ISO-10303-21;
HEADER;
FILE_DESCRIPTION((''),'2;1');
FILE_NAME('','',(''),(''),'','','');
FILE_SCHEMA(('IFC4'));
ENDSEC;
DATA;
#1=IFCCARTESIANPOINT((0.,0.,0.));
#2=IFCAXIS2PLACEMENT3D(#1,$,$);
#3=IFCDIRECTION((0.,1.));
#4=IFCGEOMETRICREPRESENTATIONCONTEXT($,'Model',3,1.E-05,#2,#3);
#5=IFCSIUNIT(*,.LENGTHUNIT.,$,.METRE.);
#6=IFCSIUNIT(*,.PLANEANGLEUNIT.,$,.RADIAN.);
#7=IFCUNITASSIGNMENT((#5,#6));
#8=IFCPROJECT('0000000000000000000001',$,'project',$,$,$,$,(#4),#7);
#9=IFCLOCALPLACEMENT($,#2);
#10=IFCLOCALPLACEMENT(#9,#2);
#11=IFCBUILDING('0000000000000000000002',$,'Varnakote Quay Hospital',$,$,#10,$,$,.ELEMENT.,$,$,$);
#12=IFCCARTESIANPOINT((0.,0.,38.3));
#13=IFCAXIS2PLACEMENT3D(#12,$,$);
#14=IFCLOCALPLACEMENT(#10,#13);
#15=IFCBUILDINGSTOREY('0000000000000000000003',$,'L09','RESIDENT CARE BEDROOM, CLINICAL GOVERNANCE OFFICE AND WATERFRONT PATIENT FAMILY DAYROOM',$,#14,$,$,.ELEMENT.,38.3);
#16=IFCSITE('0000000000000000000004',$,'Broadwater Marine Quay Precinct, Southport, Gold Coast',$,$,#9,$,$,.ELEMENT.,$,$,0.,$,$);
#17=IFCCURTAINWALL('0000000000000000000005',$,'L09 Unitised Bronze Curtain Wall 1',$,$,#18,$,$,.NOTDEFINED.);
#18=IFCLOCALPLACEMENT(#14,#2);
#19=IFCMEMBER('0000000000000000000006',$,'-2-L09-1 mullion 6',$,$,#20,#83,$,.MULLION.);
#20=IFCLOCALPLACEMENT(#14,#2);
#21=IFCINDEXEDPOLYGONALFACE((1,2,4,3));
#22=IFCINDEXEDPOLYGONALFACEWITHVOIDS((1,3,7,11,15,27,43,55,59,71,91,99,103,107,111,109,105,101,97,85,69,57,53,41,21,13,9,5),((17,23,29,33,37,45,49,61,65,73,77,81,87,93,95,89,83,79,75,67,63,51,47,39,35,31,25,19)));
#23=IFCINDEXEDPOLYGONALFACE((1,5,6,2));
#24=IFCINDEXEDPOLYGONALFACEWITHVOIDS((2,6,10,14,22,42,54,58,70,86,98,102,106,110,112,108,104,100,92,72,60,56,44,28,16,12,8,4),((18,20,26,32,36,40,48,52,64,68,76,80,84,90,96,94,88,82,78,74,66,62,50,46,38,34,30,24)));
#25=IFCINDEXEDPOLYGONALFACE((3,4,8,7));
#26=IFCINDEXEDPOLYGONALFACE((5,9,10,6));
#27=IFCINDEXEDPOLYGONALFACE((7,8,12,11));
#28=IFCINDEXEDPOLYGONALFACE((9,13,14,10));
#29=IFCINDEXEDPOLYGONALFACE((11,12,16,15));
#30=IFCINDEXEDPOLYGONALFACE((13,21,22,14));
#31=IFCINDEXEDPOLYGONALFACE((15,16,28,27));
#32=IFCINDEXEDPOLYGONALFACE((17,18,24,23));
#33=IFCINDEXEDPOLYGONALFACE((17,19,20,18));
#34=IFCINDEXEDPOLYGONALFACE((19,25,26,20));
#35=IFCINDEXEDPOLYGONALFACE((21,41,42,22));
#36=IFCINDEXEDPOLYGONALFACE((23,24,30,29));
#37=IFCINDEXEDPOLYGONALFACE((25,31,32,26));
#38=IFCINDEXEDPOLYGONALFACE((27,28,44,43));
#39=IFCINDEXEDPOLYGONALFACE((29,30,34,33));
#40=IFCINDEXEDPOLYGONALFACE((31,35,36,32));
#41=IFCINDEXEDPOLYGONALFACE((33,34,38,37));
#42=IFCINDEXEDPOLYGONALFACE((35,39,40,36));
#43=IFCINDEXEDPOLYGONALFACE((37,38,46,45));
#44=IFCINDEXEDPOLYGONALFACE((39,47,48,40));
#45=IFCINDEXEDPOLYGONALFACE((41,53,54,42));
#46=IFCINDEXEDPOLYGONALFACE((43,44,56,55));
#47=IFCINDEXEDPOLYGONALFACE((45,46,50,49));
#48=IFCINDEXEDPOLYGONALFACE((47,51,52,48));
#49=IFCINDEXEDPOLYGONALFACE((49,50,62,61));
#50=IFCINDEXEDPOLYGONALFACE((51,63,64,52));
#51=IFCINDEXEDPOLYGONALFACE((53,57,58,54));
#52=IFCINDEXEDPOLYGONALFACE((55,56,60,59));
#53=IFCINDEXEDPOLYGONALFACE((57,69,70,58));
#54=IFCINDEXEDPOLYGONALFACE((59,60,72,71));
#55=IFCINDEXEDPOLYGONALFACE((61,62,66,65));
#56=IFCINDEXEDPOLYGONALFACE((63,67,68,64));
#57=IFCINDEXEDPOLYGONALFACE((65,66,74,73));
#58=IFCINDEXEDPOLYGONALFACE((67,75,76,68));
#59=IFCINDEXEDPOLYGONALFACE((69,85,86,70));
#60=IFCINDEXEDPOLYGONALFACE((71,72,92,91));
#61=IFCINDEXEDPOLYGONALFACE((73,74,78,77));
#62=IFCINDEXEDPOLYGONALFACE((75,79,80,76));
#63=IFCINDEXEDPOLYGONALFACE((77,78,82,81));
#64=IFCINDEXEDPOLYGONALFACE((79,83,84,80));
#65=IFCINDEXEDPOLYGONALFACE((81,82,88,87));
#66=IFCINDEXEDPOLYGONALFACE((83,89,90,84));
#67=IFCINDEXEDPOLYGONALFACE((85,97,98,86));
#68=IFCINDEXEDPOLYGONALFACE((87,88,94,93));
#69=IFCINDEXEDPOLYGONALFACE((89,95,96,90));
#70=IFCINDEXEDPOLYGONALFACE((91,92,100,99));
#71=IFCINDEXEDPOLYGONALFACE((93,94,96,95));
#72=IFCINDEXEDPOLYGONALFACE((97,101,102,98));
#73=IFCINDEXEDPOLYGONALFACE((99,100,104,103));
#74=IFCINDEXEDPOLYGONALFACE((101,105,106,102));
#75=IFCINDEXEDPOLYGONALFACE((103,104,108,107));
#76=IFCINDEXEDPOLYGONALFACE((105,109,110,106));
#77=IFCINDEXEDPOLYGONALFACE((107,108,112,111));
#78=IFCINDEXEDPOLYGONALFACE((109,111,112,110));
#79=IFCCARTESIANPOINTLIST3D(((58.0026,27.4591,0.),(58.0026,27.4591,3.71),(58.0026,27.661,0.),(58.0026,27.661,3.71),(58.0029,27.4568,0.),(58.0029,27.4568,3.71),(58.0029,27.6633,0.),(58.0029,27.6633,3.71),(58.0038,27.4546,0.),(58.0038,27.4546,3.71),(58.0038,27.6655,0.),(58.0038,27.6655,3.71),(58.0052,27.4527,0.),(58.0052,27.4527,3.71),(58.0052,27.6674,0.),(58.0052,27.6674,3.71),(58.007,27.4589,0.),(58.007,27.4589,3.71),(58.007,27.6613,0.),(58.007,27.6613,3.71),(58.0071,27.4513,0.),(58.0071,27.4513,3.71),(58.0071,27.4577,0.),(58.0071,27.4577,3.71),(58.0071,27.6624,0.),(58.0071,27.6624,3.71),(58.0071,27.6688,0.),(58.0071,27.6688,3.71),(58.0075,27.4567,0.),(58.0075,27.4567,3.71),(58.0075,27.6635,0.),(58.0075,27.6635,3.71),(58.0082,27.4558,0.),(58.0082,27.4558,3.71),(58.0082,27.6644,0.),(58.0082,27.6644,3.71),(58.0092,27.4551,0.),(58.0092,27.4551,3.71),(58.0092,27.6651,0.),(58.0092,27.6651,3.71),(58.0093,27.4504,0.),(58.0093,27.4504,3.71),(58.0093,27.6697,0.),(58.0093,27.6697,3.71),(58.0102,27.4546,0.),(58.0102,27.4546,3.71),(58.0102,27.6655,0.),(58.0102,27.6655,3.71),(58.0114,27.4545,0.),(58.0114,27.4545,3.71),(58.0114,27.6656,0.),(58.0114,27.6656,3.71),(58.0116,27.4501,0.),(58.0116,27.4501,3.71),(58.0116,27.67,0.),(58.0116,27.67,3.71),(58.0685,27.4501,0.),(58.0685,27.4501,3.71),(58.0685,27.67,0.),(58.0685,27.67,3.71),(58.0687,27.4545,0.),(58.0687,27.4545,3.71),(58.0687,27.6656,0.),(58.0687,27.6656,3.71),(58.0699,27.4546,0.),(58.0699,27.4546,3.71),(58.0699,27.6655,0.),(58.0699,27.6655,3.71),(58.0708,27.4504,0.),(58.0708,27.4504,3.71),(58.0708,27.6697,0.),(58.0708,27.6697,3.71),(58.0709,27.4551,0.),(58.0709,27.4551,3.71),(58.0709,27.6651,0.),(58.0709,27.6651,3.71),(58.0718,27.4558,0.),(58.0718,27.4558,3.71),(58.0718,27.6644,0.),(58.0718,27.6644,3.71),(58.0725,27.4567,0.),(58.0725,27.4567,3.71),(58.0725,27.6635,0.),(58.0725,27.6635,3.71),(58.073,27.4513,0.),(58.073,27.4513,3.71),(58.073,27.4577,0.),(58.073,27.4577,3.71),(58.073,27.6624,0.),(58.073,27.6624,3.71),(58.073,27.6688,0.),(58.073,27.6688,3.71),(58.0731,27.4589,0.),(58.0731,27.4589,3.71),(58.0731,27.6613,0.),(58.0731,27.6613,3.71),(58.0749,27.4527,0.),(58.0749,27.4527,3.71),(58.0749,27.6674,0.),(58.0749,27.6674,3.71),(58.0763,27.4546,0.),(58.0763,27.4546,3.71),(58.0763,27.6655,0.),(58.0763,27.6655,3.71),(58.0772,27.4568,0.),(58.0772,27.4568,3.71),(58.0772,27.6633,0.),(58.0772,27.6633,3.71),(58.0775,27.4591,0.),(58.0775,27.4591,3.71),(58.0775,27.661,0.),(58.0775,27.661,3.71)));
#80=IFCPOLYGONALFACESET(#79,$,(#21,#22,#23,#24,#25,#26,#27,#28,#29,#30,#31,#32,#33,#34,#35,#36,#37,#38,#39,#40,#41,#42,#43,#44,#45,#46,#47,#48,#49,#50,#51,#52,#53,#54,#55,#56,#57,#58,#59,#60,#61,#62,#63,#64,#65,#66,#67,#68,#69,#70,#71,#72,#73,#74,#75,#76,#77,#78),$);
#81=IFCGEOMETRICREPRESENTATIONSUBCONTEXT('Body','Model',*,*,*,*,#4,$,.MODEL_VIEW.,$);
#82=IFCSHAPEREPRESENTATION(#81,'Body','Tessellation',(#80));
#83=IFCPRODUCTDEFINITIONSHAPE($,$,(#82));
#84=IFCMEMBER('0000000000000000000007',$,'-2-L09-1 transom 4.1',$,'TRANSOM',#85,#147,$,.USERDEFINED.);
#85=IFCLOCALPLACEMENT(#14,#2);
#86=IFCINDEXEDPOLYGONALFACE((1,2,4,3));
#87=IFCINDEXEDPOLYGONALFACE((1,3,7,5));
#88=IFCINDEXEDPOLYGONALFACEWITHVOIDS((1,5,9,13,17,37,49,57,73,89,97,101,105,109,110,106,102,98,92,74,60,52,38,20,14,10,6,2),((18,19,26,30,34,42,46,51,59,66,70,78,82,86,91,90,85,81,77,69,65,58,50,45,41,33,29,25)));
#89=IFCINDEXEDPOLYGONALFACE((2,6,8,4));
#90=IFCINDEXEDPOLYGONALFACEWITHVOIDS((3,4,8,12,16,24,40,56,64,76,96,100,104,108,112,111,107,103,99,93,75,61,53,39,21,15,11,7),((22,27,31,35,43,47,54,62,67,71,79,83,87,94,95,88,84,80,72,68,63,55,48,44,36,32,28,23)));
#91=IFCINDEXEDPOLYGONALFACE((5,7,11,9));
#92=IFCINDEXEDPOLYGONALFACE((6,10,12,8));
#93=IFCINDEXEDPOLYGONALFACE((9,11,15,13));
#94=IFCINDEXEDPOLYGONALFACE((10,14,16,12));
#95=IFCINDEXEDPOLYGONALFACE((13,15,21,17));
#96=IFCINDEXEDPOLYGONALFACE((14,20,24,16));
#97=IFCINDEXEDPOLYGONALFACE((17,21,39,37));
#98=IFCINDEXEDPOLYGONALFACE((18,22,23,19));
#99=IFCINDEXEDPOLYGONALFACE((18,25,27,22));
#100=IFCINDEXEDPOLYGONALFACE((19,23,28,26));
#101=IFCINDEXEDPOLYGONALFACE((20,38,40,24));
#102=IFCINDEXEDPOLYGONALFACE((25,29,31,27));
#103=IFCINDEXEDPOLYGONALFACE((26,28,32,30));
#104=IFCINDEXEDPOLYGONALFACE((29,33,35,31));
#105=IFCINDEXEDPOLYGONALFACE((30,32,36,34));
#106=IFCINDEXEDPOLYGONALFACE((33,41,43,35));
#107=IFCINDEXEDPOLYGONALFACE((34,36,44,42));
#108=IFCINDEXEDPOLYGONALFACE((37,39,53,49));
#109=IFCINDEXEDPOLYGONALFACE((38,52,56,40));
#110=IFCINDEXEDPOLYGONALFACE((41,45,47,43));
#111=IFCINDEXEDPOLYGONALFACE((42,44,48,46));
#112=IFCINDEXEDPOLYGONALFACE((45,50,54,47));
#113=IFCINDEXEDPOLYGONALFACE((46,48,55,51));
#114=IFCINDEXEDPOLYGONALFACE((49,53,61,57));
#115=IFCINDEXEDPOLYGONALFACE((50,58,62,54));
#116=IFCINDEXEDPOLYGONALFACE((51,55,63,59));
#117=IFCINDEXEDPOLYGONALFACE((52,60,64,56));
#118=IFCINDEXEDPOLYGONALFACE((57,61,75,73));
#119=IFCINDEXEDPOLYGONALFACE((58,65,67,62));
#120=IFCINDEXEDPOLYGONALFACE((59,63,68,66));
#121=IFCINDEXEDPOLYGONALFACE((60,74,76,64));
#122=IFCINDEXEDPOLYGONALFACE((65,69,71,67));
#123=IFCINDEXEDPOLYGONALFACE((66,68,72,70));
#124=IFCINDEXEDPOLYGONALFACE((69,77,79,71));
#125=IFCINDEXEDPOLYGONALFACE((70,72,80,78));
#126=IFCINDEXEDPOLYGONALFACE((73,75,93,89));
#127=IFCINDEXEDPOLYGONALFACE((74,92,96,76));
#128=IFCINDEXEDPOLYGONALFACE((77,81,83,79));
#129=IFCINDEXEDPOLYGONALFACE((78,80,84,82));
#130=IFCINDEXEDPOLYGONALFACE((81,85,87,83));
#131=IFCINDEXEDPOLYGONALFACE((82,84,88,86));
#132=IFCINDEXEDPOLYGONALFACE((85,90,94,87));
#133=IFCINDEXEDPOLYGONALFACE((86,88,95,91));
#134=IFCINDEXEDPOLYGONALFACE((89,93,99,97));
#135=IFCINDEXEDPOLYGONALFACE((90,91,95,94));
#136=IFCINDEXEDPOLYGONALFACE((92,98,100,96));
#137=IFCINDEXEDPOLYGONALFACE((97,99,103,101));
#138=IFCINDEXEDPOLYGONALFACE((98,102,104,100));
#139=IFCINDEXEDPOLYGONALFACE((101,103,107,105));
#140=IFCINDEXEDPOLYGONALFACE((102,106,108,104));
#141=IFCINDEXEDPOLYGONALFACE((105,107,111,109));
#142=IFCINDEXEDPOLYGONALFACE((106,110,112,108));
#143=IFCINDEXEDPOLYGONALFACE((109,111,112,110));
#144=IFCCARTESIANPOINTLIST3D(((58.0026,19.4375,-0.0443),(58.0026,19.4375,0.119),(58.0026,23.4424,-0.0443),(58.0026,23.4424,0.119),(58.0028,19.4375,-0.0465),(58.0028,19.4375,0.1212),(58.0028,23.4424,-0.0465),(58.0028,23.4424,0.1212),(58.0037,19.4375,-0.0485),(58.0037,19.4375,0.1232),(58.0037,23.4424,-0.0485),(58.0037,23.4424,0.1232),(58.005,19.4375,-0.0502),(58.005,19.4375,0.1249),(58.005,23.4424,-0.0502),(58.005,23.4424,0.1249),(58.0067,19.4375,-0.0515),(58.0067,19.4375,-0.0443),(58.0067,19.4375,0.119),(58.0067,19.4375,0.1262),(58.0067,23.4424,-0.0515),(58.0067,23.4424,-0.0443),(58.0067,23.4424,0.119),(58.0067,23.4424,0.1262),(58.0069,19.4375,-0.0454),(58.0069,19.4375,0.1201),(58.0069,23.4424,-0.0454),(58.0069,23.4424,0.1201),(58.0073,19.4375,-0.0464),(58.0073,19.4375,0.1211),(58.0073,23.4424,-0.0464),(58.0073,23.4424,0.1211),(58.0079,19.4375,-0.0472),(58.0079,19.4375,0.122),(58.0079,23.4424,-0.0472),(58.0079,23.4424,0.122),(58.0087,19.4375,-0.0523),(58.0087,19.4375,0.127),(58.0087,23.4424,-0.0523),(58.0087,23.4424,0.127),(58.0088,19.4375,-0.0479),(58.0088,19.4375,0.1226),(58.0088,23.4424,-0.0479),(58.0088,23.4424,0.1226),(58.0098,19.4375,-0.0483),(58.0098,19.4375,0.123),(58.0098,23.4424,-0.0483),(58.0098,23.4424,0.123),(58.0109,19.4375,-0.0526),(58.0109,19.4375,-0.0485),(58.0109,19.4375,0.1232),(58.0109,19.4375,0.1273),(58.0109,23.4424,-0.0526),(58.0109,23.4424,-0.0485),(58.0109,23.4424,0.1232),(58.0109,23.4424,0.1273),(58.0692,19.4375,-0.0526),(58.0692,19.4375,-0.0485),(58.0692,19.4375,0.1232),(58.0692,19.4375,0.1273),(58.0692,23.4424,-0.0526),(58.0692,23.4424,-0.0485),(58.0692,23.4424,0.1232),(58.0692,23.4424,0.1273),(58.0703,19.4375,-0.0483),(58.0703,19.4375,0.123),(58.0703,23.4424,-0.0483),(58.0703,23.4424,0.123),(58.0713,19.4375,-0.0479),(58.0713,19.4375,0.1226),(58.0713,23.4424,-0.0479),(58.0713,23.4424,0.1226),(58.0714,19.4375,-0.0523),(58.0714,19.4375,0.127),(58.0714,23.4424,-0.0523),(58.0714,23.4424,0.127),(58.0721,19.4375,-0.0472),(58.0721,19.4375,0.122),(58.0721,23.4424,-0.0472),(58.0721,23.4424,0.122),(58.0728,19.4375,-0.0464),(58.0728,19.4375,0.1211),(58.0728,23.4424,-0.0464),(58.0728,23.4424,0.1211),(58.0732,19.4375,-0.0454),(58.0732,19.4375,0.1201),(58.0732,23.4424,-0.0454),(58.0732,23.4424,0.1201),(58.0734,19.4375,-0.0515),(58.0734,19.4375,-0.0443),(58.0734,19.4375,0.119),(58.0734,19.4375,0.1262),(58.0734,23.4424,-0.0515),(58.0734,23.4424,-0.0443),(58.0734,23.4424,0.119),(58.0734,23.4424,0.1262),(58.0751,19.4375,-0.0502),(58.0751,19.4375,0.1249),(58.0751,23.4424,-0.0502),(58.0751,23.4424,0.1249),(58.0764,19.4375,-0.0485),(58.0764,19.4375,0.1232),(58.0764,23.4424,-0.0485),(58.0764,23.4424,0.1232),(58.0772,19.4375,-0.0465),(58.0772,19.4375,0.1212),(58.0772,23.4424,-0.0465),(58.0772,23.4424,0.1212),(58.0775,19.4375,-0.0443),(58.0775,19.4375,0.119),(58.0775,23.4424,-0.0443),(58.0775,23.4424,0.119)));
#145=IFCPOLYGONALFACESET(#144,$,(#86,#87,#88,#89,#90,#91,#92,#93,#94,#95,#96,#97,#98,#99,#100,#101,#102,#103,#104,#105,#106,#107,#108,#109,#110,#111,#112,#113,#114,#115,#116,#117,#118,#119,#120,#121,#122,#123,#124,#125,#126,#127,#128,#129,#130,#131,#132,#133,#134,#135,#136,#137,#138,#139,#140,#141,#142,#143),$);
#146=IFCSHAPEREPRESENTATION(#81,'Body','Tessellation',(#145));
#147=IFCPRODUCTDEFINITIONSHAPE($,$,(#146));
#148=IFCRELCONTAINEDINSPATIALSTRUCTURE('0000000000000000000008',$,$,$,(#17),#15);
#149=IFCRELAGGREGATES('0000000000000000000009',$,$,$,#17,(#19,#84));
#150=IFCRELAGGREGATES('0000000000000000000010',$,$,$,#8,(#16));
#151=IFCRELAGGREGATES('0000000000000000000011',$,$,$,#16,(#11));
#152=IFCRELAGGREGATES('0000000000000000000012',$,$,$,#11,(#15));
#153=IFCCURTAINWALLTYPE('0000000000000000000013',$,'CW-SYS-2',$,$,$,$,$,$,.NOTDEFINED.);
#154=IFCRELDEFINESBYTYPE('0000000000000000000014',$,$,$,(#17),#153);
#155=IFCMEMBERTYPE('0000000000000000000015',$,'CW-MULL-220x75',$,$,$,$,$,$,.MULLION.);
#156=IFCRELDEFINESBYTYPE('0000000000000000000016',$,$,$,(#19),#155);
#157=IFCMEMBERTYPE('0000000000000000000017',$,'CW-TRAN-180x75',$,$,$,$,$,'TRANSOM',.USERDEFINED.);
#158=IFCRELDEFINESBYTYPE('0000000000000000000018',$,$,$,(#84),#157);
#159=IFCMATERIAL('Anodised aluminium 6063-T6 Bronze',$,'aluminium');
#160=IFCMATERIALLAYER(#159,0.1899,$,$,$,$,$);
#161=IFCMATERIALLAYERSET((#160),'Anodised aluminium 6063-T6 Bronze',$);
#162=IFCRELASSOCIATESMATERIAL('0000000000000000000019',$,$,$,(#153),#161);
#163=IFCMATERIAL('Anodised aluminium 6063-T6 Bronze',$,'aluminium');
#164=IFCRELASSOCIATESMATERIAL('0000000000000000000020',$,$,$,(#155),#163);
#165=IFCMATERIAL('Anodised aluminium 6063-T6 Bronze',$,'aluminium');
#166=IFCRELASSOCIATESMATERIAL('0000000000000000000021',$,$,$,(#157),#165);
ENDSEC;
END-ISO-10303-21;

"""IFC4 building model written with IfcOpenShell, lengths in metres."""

from ifc_helpers import new_model, si_unit, direction, frame, origin, origin_2d, place, context, subcontext, project, spatial, hollow_rectangle, extrude, material, layer, layer_set, material_profile, profile_set, type_object, element, aggregate, save


model = new_model("IFC4")

# Units and contexts
model_context = context("Model", 3, precision=1e-05, world=origin(), true_north=direction((0.0, 1.0)))
body_context = subcontext(model_context, "Body", "Model", "MODEL_VIEW")
ifc_project = project(units=[si_unit("LENGTHUNIT", "METRE"), si_unit("PLANEANGLEUNIT", "RADIAN")], contexts=[model_context])

# Site, building, storey
site_placement = place(None, origin())
site = spatial("IfcSite", under=ifc_project, at=site_placement, Name="Broadwater Marine Quay Precinct, Southport, Gold Coast", CompositionType="ELEMENT", RefElevation=0.0)
building_placement = place(site_placement, origin())
building = spatial("IfcBuilding", under=site, at=building_placement, Name="Varnakote Quay Hospital", CompositionType="ELEMENT")
storey_placement = place(building_placement, frame((0.0, 0.0, 38.3)))
storey = spatial("IfcBuildingStorey", under=building, at=storey_placement, Name="L09", Description="RESIDENT CARE BEDROOM, CLINICAL GOVERNANCE OFFICE AND WATERFRONT PATIENT FAMILY DAYROOM", CompositionType="ELEMENT", Elevation=38.3)

# Curtain wall, members
ifc_material_1 = material(Name="Anodised aluminium 6063-T6 Bronze", Category="aluminium")
ifc_layer_1 = layer(ifc_material_1, 0.1899)
ifc_layer_set_1 = layer_set([ifc_layer_1], Name="Anodised aluminium 6063-T6 Bronze")
curtain_wall_type = type_object("IfcCurtainWallType", Name="CW-SYS-2", PredefinedType="NOTDEFINED", material=ifc_layer_set_1)
curtain_wall_placement = place(storey_placement, origin())
curtain_wall = element("IfcCurtainWall", 1, at=curtain_wall_placement, inside=storey, type_object=curtain_wall_type, Name="L09 Unitised Bronze Curtain Wall 1", PredefinedType="NOTDEFINED")
ifc_material_2 = material(Name="Anodised aluminium 6063-T6 Bronze", Category="aluminium")
ifc_material_profile_1 = material_profile(ifc_material_2, hollow_rectangle(XDim=0.075, YDim=0.22, WallThickness=0.0044, InnerFilletRadius=0.0044, OuterFilletRadius=0.009, at=origin_2d()), Name="CW-MULL-220x75")
ifc_profile_set_1 = profile_set([ifc_material_profile_1], Name="Anodised aluminium 6063-T6 Bronze")
member_type_1 = type_object("IfcMemberType", Name="CW-MULL-220x75", PredefinedType="MULLION", material=ifc_profile_set_1)
member_1_placement = place(storey_placement, frame((58.04, 27.5601, 0.0), z_axis=(0.0, 0.0, 1.0), x_axis=(-1.0, 0.0, 0.0)))
member_1 = element("IfcMember", 2, at=member_1_placement, type_object=member_type_1, Name="-2-L09-1 mullion 6", PredefinedType="MULLION", context=body_context, shape_type="SweptSolid", body=[
    extrude(hollow_rectangle(XDim=0.075, YDim=0.22, WallThickness=0.0044, InnerFilletRadius=0.0044, OuterFilletRadius=0.009, at=origin_2d()), origin(), (0.0, 0.0, 1.0), 3.71),
])
ifc_material_3 = material(Name="Anodised aluminium 6063-T6 Bronze", Category="aluminium")
ifc_material_profile_2 = material_profile(ifc_material_3, hollow_rectangle(XDim=0.075, YDim=0.1799, WallThickness=0.0042, InnerFilletRadius=0.0042, OuterFilletRadius=0.0083, at=origin_2d()), Name="CW-TRAN-180x75")
ifc_profile_set_2 = profile_set([ifc_material_profile_2], Name="Anodised aluminium 6063-T6 Bronze")
member_type_2 = type_object("IfcMemberType", Name="CW-TRAN-180x75", ElementType="TRANSOM", PredefinedType="USERDEFINED", material=ifc_profile_set_2)
member_2_placement = place(storey_placement, frame((58.04, 19.4375, 0.0374), z_axis=(0.0, 1.0, 0.0), x_axis=(-1.0, 0.0, 0.0)))
member_2 = element("IfcMember", 3, at=member_2_placement, type_object=member_type_2, Name="-2-L09-1 transom 4.1", ObjectType="TRANSOM", PredefinedType="USERDEFINED", context=body_context, shape_type="SweptSolid", body=[
    extrude(hollow_rectangle(XDim=0.075, YDim=0.1799, WallThickness=0.0042, InnerFilletRadius=0.0042, OuterFilletRadius=0.0083, at=origin_2d()), origin(), (0.0, 0.0, 1.0), 4.0049),
])
aggregate(curtain_wall, [member_1, member_2])

save(model, "model.ifc")
